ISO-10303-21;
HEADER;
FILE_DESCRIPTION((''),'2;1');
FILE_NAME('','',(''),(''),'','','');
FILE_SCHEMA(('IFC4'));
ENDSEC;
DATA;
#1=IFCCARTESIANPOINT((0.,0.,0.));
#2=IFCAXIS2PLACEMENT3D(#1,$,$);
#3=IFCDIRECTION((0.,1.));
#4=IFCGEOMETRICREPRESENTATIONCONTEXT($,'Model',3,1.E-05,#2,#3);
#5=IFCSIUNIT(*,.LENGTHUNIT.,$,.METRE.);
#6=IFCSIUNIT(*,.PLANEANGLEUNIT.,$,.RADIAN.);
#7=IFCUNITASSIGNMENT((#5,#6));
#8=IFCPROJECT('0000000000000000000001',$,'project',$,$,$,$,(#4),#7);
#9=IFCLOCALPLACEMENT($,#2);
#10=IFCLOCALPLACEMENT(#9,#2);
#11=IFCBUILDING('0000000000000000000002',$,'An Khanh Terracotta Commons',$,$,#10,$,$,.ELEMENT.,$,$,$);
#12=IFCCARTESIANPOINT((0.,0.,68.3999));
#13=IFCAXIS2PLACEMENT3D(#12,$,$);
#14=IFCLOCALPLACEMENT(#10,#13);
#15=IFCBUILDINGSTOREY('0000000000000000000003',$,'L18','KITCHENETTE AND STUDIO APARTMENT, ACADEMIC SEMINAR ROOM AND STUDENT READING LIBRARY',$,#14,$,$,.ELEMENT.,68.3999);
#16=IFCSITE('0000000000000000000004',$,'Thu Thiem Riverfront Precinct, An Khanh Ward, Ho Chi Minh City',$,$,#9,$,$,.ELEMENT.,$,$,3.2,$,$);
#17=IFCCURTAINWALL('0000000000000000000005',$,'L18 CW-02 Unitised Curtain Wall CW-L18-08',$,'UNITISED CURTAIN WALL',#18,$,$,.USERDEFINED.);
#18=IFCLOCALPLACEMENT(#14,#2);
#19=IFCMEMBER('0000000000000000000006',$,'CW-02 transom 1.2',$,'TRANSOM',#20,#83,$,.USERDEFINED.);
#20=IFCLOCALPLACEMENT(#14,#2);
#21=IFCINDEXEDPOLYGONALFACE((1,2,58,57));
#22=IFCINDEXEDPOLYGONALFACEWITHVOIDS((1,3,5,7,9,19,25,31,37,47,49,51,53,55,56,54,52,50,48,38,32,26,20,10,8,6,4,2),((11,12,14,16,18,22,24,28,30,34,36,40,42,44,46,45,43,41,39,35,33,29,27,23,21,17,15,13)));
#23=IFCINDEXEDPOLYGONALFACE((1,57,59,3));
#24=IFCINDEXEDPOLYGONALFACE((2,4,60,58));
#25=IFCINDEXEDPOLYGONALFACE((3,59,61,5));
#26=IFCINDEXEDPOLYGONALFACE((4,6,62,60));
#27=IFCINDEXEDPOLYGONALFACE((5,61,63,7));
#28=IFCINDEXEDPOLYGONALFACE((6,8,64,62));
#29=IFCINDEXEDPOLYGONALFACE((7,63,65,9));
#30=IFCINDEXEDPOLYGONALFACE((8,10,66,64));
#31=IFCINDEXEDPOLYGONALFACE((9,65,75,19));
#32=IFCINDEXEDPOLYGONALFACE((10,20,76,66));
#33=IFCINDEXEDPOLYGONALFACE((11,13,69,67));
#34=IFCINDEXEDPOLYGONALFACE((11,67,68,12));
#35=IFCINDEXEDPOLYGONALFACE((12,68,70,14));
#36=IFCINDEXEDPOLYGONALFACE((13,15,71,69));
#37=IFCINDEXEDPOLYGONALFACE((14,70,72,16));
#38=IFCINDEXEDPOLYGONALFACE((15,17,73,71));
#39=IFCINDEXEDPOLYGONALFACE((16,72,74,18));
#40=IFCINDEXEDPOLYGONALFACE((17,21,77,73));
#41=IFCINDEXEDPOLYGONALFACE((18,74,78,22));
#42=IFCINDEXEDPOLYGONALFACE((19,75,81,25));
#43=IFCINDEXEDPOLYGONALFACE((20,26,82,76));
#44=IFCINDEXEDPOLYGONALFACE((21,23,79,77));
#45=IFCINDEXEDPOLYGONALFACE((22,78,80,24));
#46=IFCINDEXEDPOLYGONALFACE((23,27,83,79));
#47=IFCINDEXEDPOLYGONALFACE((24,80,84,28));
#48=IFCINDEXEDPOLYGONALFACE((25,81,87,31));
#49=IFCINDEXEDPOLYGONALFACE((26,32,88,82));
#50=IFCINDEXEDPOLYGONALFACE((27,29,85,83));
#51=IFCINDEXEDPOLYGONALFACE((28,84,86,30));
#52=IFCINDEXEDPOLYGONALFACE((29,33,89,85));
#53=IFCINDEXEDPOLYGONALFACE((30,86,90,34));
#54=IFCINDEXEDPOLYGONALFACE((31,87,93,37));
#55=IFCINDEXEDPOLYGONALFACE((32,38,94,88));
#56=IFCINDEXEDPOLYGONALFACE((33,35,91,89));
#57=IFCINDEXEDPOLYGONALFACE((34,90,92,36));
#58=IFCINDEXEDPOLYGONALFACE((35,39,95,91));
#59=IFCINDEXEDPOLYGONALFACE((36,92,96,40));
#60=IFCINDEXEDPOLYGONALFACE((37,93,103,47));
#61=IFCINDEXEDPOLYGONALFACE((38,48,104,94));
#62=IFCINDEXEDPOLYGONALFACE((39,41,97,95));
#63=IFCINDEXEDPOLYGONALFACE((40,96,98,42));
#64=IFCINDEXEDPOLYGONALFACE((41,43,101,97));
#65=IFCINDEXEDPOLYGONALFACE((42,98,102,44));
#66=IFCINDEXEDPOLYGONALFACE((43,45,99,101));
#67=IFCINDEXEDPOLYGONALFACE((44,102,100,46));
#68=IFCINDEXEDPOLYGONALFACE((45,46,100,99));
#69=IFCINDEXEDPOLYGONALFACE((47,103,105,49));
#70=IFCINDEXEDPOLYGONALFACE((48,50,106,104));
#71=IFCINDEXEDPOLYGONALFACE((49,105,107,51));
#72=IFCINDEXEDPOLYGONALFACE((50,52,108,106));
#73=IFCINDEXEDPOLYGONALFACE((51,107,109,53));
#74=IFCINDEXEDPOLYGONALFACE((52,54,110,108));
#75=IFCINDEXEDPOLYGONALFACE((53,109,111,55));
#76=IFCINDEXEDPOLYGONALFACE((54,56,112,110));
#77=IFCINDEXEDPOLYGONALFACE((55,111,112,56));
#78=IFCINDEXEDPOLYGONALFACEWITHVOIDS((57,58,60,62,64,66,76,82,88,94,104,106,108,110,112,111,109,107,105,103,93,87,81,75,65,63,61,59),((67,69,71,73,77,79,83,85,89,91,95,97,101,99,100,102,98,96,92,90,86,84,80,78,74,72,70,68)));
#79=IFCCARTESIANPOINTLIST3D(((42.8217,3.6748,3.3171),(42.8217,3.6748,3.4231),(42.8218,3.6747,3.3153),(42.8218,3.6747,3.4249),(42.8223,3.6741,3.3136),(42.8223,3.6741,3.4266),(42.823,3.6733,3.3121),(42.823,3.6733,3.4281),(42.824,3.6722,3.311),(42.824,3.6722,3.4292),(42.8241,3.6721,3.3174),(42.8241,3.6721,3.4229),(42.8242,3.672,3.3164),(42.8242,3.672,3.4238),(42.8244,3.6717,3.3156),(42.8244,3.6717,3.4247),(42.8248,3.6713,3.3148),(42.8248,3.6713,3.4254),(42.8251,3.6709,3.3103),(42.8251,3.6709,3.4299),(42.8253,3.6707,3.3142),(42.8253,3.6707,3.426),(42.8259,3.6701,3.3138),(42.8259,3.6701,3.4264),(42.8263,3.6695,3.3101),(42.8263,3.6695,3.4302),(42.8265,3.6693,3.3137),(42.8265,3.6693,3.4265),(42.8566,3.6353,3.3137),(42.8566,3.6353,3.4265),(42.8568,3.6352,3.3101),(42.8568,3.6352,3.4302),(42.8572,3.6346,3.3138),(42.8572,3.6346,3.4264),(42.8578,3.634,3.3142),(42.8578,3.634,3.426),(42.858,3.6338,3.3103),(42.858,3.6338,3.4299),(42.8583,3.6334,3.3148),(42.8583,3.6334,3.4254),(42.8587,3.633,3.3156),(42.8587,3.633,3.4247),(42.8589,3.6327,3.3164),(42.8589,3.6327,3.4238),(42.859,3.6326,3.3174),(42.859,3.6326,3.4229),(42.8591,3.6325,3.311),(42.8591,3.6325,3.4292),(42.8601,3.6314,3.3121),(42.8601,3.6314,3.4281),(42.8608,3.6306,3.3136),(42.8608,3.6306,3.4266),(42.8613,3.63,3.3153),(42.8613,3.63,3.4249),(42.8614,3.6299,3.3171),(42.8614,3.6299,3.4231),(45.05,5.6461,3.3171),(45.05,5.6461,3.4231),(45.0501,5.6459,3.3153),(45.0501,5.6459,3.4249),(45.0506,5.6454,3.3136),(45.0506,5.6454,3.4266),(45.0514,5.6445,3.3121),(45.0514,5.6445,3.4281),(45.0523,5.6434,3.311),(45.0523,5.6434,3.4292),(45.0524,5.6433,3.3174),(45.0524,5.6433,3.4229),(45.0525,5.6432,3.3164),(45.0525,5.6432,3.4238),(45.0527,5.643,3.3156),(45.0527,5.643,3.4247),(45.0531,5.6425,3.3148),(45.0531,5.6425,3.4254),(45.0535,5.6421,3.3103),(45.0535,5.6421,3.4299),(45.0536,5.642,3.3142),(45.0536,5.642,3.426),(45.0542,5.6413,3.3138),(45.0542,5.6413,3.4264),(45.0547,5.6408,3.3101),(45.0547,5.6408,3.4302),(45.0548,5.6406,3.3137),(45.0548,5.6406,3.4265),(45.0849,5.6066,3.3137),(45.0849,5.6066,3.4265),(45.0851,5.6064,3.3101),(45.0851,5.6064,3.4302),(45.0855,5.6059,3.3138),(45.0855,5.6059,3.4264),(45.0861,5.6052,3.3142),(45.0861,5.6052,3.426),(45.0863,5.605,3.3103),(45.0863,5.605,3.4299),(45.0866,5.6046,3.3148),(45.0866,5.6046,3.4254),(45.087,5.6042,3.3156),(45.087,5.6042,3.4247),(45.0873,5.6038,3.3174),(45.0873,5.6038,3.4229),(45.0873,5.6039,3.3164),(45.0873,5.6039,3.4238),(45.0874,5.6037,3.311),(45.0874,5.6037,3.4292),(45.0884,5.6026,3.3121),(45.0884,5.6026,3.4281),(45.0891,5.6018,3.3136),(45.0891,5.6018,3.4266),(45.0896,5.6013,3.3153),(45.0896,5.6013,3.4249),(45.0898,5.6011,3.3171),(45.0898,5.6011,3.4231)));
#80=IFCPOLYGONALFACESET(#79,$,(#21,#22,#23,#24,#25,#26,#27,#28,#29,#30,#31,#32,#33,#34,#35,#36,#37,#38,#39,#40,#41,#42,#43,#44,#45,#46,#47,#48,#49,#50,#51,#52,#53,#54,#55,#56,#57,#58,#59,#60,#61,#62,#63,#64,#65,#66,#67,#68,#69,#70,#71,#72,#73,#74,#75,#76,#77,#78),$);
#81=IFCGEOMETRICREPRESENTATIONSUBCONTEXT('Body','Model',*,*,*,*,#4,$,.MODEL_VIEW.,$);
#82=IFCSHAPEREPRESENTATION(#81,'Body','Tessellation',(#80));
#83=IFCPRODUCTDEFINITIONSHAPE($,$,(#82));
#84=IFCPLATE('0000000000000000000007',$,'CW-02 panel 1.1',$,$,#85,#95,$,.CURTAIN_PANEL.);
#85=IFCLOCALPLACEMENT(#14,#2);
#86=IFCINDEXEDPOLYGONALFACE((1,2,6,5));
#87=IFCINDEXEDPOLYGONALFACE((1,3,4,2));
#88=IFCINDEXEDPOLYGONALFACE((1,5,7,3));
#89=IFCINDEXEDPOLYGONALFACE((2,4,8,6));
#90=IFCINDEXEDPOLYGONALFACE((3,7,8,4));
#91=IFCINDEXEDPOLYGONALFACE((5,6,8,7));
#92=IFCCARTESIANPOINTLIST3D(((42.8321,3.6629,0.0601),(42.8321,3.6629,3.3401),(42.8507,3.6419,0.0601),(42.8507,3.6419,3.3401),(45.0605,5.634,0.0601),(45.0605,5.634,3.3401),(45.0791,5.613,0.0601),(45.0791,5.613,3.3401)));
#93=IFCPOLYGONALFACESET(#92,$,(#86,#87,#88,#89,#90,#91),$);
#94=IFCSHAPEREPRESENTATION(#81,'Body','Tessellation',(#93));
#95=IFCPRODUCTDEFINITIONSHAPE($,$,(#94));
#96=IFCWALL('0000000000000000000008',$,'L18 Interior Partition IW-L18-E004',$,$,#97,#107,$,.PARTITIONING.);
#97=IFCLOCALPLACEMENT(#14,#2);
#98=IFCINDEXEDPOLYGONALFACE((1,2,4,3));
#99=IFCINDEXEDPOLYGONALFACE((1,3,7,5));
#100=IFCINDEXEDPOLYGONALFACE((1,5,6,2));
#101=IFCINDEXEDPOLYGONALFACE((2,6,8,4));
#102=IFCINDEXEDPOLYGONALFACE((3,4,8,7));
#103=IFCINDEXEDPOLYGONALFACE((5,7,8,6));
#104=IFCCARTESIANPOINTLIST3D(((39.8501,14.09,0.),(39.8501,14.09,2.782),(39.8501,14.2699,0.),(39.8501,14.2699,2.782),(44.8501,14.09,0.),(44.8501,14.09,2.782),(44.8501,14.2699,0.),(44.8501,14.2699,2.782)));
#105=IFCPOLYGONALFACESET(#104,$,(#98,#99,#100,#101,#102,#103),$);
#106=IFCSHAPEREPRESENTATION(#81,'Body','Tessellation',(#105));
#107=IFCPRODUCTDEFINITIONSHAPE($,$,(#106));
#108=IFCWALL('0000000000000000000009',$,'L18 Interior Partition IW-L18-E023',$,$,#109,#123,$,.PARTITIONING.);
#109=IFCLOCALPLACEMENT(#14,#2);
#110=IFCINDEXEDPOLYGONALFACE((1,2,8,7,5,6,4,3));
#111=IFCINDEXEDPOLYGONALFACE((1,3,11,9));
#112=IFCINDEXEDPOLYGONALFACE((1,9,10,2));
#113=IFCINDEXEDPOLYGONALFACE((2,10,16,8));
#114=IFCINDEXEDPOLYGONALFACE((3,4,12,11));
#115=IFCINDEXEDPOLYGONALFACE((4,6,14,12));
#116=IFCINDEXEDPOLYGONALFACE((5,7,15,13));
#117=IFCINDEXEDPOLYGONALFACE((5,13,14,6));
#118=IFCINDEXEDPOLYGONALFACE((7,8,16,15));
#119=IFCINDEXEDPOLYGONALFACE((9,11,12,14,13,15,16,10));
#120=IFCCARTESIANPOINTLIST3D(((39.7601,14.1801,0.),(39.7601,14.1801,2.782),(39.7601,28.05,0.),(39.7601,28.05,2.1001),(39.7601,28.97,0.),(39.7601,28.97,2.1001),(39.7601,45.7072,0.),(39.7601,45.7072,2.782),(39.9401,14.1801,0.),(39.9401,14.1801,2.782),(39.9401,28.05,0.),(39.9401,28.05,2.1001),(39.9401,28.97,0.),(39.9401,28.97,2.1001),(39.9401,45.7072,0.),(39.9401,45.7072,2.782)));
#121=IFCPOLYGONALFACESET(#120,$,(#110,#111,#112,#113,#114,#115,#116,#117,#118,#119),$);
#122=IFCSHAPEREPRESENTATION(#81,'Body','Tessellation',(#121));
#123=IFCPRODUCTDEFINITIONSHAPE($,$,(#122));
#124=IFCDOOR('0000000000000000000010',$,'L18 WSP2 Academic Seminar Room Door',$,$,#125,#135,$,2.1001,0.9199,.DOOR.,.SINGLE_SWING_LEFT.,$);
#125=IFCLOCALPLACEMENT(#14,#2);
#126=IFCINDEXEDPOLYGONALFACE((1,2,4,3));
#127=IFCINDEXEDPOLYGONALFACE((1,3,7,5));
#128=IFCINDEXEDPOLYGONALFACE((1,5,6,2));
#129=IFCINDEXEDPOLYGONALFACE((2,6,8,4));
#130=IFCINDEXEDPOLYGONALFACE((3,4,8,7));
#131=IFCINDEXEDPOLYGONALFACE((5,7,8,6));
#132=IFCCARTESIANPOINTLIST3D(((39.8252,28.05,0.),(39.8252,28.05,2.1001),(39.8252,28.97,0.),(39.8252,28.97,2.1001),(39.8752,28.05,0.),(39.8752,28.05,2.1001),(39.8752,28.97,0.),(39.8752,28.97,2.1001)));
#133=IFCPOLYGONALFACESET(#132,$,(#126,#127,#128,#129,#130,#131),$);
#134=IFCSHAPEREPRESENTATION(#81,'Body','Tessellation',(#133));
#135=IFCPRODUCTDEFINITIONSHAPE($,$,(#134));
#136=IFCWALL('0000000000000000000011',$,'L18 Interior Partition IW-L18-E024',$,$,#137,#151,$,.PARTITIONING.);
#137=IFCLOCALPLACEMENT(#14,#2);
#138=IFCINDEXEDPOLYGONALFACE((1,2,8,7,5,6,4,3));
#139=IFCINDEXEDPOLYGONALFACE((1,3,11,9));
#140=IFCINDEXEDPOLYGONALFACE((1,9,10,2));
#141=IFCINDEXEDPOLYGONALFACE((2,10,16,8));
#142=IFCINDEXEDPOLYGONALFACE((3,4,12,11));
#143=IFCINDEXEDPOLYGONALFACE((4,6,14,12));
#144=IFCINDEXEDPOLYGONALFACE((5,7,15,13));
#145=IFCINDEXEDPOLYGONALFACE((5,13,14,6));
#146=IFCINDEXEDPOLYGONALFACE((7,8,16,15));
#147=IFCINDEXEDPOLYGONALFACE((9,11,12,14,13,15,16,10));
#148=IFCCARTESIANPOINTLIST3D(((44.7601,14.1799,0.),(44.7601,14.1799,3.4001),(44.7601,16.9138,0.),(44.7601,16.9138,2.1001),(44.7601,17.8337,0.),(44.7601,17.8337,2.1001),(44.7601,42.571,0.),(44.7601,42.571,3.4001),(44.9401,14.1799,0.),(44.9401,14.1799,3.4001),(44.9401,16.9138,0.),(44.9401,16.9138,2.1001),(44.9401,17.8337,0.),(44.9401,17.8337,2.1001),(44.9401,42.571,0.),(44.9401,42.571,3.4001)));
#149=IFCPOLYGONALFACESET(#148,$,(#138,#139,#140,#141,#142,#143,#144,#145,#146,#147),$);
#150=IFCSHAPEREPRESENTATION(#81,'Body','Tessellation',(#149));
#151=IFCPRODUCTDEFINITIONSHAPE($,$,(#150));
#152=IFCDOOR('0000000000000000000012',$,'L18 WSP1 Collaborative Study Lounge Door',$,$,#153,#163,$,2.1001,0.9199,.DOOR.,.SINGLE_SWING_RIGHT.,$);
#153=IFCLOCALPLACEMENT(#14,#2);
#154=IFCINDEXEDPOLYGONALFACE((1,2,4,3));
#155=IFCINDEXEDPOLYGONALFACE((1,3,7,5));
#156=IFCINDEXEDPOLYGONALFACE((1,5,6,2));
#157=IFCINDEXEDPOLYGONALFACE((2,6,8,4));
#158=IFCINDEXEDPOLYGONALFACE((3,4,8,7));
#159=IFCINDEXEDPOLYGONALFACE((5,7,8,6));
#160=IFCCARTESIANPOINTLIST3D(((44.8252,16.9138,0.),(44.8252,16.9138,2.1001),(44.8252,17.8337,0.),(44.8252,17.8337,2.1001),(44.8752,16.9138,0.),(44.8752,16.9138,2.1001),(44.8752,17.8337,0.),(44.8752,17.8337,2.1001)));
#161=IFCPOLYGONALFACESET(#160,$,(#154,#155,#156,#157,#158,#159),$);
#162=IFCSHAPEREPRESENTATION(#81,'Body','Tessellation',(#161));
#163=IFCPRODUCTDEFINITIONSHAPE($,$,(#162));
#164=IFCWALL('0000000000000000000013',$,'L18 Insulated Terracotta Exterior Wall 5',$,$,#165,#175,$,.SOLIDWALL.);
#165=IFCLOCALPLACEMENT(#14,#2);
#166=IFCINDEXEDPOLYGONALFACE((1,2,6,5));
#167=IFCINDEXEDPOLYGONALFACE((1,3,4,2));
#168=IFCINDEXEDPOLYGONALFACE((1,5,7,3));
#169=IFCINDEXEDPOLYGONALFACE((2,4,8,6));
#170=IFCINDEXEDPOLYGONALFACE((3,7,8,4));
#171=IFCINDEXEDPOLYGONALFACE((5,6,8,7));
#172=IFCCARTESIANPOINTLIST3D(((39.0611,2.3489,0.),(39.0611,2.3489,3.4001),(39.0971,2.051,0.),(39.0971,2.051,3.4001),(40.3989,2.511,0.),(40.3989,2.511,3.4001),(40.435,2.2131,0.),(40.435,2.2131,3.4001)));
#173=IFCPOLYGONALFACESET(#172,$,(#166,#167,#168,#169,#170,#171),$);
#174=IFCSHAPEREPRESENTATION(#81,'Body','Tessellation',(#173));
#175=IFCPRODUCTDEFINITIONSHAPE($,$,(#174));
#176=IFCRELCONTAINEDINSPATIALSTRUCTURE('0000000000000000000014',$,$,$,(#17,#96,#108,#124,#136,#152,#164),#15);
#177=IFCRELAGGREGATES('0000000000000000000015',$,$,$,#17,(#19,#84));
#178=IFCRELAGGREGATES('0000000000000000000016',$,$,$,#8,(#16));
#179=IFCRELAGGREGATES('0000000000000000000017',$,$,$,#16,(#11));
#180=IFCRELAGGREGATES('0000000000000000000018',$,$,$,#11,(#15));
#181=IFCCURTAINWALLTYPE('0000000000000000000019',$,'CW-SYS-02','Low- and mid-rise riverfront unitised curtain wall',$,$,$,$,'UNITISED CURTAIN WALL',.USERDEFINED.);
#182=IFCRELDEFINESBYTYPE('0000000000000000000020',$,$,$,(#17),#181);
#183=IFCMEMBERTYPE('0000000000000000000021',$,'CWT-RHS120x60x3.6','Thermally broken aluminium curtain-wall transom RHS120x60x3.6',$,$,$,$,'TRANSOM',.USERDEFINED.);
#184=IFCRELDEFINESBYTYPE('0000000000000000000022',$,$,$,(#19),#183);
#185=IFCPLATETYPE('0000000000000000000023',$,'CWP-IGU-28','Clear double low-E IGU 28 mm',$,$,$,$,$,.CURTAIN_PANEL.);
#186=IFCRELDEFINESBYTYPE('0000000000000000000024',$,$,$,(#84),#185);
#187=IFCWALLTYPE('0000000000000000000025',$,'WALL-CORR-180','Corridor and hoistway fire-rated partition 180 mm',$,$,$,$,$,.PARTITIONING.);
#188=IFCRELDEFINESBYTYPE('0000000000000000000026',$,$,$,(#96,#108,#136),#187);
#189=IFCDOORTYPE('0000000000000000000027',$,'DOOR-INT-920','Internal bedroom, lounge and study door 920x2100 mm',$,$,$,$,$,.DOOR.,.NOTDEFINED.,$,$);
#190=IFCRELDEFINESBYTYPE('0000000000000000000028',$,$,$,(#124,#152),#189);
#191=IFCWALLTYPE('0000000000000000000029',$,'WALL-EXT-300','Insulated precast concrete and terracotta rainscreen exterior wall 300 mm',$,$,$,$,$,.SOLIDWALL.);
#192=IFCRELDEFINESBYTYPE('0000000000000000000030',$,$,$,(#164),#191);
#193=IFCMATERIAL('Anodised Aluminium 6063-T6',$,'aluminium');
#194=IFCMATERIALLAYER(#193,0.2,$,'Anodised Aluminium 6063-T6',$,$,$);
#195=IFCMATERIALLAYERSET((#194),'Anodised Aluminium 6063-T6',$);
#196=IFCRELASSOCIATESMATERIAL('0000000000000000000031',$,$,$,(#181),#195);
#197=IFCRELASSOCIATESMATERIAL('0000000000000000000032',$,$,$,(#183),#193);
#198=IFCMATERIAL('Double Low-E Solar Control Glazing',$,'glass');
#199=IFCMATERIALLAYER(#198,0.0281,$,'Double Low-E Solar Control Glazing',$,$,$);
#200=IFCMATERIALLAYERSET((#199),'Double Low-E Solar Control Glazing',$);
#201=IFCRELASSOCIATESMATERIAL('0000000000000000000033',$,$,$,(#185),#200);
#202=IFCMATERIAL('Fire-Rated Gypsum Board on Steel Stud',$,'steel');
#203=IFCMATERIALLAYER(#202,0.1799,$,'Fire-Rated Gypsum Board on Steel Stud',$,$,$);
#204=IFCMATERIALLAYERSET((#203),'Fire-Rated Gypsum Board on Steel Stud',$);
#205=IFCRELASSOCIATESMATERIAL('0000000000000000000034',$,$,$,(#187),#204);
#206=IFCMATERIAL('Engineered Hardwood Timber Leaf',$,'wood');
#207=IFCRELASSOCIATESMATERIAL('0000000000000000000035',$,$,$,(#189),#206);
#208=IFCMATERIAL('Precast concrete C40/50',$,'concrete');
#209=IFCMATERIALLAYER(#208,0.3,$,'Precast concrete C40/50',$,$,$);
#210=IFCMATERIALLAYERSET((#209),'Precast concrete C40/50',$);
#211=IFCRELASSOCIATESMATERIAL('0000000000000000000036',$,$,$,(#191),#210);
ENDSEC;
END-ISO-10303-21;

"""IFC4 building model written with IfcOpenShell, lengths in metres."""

from ifc_helpers import new_model, si_unit, direction, frame, frame_2d, origin, origin_2d, place, context, subcontext, project, spatial, rectangle, hollow_rectangle, extrude, material, layer, layer_set, material_profile, profile_set, type_object, element, fill, aggregate, save


model = new_model("IFC4")

# Units and contexts
model_context = context("Model", 3, precision=1e-05, world=origin(), true_north=direction((0.0, 1.0)))
body_context = subcontext(model_context, "Body", "Model", "MODEL_VIEW")
ifc_project = project(units=[si_unit("LENGTHUNIT", "METRE"), si_unit("PLANEANGLEUNIT", "RADIAN")], contexts=[model_context])

# Site, building, storey
site_placement = place(None, origin())
site = spatial("IfcSite", under=ifc_project, at=site_placement, Name="Thu Thiem Riverfront Precinct, An Khanh Ward, Ho Chi Minh City", CompositionType="ELEMENT", RefElevation=3.2)
building_placement = place(site_placement, origin())
building = spatial("IfcBuilding", under=site, at=building_placement, Name="An Khanh Terracotta Commons", CompositionType="ELEMENT")
storey_placement = place(building_placement, frame((0.0, 0.0, 68.3999)))
storey = spatial("IfcBuildingStorey", under=building, at=storey_placement, Name="L18", Description="KITCHENETTE AND STUDIO APARTMENT, ACADEMIC SEMINAR ROOM AND STUDENT READING LIBRARY", CompositionType="ELEMENT", Elevation=68.3999)

# Curtain wall, member, plate
ifc_material_1 = material(Name="Anodised Aluminium 6063-T6", Category="aluminium")
ifc_layer_1 = layer(ifc_material_1, 0.2, Name="Anodised Aluminium 6063-T6")
ifc_layer_set_1 = layer_set([ifc_layer_1], Name="Anodised Aluminium 6063-T6")
curtain_wall_type = type_object("IfcCurtainWallType", Name="CW-SYS-02", Description="Low- and mid-rise riverfront unitised curtain wall", ElementType="UNITISED CURTAIN WALL", PredefinedType="USERDEFINED", material=ifc_layer_set_1)
curtain_wall_placement = place(storey_placement, origin())
curtain_wall = element("IfcCurtainWall", 1, at=curtain_wall_placement, inside=storey, type_object=curtain_wall_type, Name="L18 CW-02 Unitised Curtain Wall CW-L18-08", ObjectType="UNITISED CURTAIN WALL", PredefinedType="USERDEFINED")
ifc_material_profile_1 = material_profile(ifc_material_1, hollow_rectangle(XDim=0.0601, YDim=0.1201, WallThickness=0.0037, InnerFilletRadius=0.0037, OuterFilletRadius=0.0071, at=origin_2d()), Name="RHS120x60x3.6")
ifc_profile_set_1 = profile_set([ifc_material_profile_1], Name="Anodised Aluminium 6063-T6")
member_type_1 = type_object("IfcMemberType", Name="CWT-RHS120x60x3.6", Description="Thermally broken aluminium curtain-wall transom RHS120x60x3.6", ElementType="TRANSOM", PredefinedType="USERDEFINED", material=ifc_profile_set_1)
member_1_placement = place(storey_placement, frame((42.8416, 3.6523, 3.3701), z_axis=(0.748992, 0.662579, 0.0), x_axis=(-0.662579, 0.748992, 0.0)))
member_1 = element("IfcMember", 2, at=member_1_placement, type_object=member_type_1, Name="CW-02 transom 1.2", ObjectType="TRANSOM", PredefinedType="USERDEFINED", context=body_context, shape_type="SweptSolid", body=[
    extrude(hollow_rectangle(XDim=0.0601, YDim=0.1201, WallThickness=0.0037, InnerFilletRadius=0.0037, OuterFilletRadius=0.0071, at=origin_2d()), origin(), (0.0, 0.0, 1.0), 2.9751),
])
ifc_material_2 = material(Name="Double Low-E Solar Control Glazing", Category="glass")
ifc_layer_2 = layer(ifc_material_2, 0.0281, Name="Double Low-E Solar Control Glazing")
ifc_layer_set_2 = layer_set([ifc_layer_2], Name="Double Low-E Solar Control Glazing")
plate_type = type_object("IfcPlateType", Name="CWP-IGU-28", Description="Clear double low-E IGU 28 mm", PredefinedType="CURTAIN_PANEL", material=ifc_layer_set_2)
plate_placement = place(storey_placement, frame((43.9556, 4.6379, 0.0601), z_axis=(0.0, 0.0, 1.0), x_axis=(0.749019, 0.662548, 0.0)))
plate = element("IfcPlate", 3, at=plate_placement, type_object=plate_type, Name="CW-02 panel 1.1", PredefinedType="CURTAIN_PANEL", context=body_context, shape_type="SweptSolid", body=[
    extrude(rectangle(XDim=2.9751, YDim=0.0281, at=origin_2d()), origin(), (0.0, 0.0, 1.0), 3.28),
])
aggregate(curtain_wall, [member_1, plate])

# Wall
ifc_material_3 = material(Name="Fire-Rated Gypsum Board on Steel Stud", Category="steel")
ifc_layer_3 = layer(ifc_material_3, 0.1799, Name="Fire-Rated Gypsum Board on Steel Stud")
ifc_layer_set_3 = layer_set([ifc_layer_3], Name="Fire-Rated Gypsum Board on Steel Stud")
wall_type_1 = type_object("IfcWallType", Name="WALL-CORR-180", Description="Corridor and hoistway fire-rated partition 180 mm", PredefinedType="PARTITIONING", material=ifc_layer_set_3)
wall_1_placement = place(storey_placement, frame((39.8501, 14.1799, 0.0), z_axis=(0.0, 0.0, 1.0), x_axis=(1.0, 0.0, 0.0)))
element("IfcWall", 4, at=wall_1_placement, inside=storey, type_object=wall_type_1, Name="L18 Interior Partition IW-L18-E004", PredefinedType="PARTITIONING", context=body_context, shape_type="SweptSolid", body=[
    extrude(rectangle(XDim=5.0, YDim=0.1799, at=frame_2d((2.5, 0.0))), origin(), (0.0, 0.0, 1.0), 2.782),
])

# Walls, openings, doors
wall_2_placement = place(storey_placement, frame((39.8501, 14.1799, 0.0), z_axis=(0.0, 0.0, 1.0), x_axis=(0.0, 1.0, 0.0)))
wall_2 = element("IfcWall", 5, at=wall_2_placement, inside=storey, type_object=wall_type_1, Name="L18 Interior Partition IW-L18-E023", PredefinedType="PARTITIONING", context=body_context, shape_type="SweptSolid", body=[
    extrude(rectangle(XDim=31.5271, YDim=0.1799, at=frame_2d((15.7637, 0.0))), origin(), (0.0, 0.0, 1.0), 2.782),
])
opening_1_placement = place(wall_2_placement, frame((13.8701, 0.0, 0.0)))
opening_1 = element("IfcOpeningElement", 6, at=opening_1_placement, cuts=wall_2, PredefinedType="OPENING", context=body_context, shape_type="SweptSolid", body=[
    extrude(rectangle(XDim=0.9199, YDim=2.1001, at=frame_2d((0.46, 1.05))), frame((0.0, 0.0999, 0.0), z_axis=(0.0, -1.0, 0.0), x_axis=(1.0, 0.0, 0.0)), (0.0, 0.0, 1.0), 0.2),
])
ifc_material_4 = material(Name="Engineered Hardwood Timber Leaf", Category="wood")
door_type = type_object("IfcDoorType", Name="DOOR-INT-920", Description="Internal bedroom, lounge and study door 920x2100 mm", OperationType="NOTDEFINED", PredefinedType="DOOR", material=ifc_material_4)
door_1_placement = place(opening_1_placement, origin())
door_1 = element("IfcDoor", 7, at=door_1_placement, inside=storey, type_object=door_type, Name="L18 WSP2 Academic Seminar Room Door", OperationType="SINGLE_SWING_LEFT", OverallHeight=2.1001, OverallWidth=0.9199, PredefinedType="DOOR", context=body_context, shape_type="SweptSolid", body=[
    extrude(rectangle(XDim=0.9199, YDim=2.1001, at=frame_2d((0.46, 1.05))), frame((0.0, 0.0249, 0.0), z_axis=(0.0, -1.0, 0.0), x_axis=(1.0, 0.0, 0.0)), (0.0, 0.0, 1.0), 0.05),
])
fill(opening_1, door_1)
wall_3_placement = place(storey_placement, frame((44.8501, 14.1799, 0.0), z_axis=(0.0, 0.0, 1.0), x_axis=(0.0, 1.0, 0.0)))
wall_3 = element("IfcWall", 8, at=wall_3_placement, inside=storey, type_object=wall_type_1, Name="L18 Interior Partition IW-L18-E024", PredefinedType="PARTITIONING", context=body_context, shape_type="SweptSolid", body=[
    extrude(rectangle(XDim=28.3911, YDim=0.1799, at=frame_2d((14.1956, 0.0))), origin(), (0.0, 0.0, 1.0), 3.4001),
])
opening_2_placement = place(wall_3_placement, frame((2.7339, 0.0, 0.0)))
opening_2 = element("IfcOpeningElement", 9, at=opening_2_placement, cuts=wall_3, PredefinedType="OPENING", context=body_context, shape_type="SweptSolid", body=[
    extrude(rectangle(XDim=0.9199, YDim=2.1001, at=frame_2d((0.46, 1.05))), frame((0.0, 0.0999, 0.0), z_axis=(0.0, -1.0, 0.0), x_axis=(1.0, 0.0, 0.0)), (0.0, 0.0, 1.0), 0.2),
])
door_2_placement = place(opening_2_placement, origin())
door_2 = element("IfcDoor", 10, at=door_2_placement, inside=storey, type_object=door_type, Name="L18 WSP1 Collaborative Study Lounge Door", OperationType="SINGLE_SWING_RIGHT", OverallHeight=2.1001, OverallWidth=0.9199, PredefinedType="DOOR", context=body_context, shape_type="SweptSolid", body=[
    extrude(rectangle(XDim=0.9199, YDim=2.1001, at=frame_2d((0.46, 1.05))), frame((0.0, 0.0249, 0.0), z_axis=(0.0, -1.0, 0.0), x_axis=(1.0, 0.0, 0.0)), (0.0, 0.0, 1.0), 0.05),
])
fill(opening_2, door_2)

# Wall
ifc_material_5 = material(Name="Precast concrete C40/50", Category="concrete")
ifc_layer_4 = layer(ifc_material_5, 0.3, Name="Precast concrete C40/50")
ifc_layer_set_4 = layer_set([ifc_layer_4], Name="Precast concrete C40/50")
wall_type_2 = type_object("IfcWallType", Name="WALL-EXT-300", Description="Insulated precast concrete and terracotta rainscreen exterior wall 300 mm", PredefinedType="SOLIDWALL", material=ifc_layer_set_4)
wall_4_placement = place(storey_placement, frame((39.0791, 2.2, 0.0), z_axis=(0.0, 0.0, 1.0), x_axis=(0.992739, 0.120288, 0.0)))
element("IfcWall", 11, at=wall_4_placement, inside=storey, type_object=wall_type_2, Name="L18 Insulated Terracotta Exterior Wall 5", PredefinedType="SOLIDWALL", context=body_context, shape_type="SweptSolid", body=[
    extrude(rectangle(XDim=1.3477, YDim=0.3, at=frame_2d((0.6738, 0.0))), origin(), (0.0, 0.0, 1.0), 3.4001),
])

save(model, "model.ifc")
